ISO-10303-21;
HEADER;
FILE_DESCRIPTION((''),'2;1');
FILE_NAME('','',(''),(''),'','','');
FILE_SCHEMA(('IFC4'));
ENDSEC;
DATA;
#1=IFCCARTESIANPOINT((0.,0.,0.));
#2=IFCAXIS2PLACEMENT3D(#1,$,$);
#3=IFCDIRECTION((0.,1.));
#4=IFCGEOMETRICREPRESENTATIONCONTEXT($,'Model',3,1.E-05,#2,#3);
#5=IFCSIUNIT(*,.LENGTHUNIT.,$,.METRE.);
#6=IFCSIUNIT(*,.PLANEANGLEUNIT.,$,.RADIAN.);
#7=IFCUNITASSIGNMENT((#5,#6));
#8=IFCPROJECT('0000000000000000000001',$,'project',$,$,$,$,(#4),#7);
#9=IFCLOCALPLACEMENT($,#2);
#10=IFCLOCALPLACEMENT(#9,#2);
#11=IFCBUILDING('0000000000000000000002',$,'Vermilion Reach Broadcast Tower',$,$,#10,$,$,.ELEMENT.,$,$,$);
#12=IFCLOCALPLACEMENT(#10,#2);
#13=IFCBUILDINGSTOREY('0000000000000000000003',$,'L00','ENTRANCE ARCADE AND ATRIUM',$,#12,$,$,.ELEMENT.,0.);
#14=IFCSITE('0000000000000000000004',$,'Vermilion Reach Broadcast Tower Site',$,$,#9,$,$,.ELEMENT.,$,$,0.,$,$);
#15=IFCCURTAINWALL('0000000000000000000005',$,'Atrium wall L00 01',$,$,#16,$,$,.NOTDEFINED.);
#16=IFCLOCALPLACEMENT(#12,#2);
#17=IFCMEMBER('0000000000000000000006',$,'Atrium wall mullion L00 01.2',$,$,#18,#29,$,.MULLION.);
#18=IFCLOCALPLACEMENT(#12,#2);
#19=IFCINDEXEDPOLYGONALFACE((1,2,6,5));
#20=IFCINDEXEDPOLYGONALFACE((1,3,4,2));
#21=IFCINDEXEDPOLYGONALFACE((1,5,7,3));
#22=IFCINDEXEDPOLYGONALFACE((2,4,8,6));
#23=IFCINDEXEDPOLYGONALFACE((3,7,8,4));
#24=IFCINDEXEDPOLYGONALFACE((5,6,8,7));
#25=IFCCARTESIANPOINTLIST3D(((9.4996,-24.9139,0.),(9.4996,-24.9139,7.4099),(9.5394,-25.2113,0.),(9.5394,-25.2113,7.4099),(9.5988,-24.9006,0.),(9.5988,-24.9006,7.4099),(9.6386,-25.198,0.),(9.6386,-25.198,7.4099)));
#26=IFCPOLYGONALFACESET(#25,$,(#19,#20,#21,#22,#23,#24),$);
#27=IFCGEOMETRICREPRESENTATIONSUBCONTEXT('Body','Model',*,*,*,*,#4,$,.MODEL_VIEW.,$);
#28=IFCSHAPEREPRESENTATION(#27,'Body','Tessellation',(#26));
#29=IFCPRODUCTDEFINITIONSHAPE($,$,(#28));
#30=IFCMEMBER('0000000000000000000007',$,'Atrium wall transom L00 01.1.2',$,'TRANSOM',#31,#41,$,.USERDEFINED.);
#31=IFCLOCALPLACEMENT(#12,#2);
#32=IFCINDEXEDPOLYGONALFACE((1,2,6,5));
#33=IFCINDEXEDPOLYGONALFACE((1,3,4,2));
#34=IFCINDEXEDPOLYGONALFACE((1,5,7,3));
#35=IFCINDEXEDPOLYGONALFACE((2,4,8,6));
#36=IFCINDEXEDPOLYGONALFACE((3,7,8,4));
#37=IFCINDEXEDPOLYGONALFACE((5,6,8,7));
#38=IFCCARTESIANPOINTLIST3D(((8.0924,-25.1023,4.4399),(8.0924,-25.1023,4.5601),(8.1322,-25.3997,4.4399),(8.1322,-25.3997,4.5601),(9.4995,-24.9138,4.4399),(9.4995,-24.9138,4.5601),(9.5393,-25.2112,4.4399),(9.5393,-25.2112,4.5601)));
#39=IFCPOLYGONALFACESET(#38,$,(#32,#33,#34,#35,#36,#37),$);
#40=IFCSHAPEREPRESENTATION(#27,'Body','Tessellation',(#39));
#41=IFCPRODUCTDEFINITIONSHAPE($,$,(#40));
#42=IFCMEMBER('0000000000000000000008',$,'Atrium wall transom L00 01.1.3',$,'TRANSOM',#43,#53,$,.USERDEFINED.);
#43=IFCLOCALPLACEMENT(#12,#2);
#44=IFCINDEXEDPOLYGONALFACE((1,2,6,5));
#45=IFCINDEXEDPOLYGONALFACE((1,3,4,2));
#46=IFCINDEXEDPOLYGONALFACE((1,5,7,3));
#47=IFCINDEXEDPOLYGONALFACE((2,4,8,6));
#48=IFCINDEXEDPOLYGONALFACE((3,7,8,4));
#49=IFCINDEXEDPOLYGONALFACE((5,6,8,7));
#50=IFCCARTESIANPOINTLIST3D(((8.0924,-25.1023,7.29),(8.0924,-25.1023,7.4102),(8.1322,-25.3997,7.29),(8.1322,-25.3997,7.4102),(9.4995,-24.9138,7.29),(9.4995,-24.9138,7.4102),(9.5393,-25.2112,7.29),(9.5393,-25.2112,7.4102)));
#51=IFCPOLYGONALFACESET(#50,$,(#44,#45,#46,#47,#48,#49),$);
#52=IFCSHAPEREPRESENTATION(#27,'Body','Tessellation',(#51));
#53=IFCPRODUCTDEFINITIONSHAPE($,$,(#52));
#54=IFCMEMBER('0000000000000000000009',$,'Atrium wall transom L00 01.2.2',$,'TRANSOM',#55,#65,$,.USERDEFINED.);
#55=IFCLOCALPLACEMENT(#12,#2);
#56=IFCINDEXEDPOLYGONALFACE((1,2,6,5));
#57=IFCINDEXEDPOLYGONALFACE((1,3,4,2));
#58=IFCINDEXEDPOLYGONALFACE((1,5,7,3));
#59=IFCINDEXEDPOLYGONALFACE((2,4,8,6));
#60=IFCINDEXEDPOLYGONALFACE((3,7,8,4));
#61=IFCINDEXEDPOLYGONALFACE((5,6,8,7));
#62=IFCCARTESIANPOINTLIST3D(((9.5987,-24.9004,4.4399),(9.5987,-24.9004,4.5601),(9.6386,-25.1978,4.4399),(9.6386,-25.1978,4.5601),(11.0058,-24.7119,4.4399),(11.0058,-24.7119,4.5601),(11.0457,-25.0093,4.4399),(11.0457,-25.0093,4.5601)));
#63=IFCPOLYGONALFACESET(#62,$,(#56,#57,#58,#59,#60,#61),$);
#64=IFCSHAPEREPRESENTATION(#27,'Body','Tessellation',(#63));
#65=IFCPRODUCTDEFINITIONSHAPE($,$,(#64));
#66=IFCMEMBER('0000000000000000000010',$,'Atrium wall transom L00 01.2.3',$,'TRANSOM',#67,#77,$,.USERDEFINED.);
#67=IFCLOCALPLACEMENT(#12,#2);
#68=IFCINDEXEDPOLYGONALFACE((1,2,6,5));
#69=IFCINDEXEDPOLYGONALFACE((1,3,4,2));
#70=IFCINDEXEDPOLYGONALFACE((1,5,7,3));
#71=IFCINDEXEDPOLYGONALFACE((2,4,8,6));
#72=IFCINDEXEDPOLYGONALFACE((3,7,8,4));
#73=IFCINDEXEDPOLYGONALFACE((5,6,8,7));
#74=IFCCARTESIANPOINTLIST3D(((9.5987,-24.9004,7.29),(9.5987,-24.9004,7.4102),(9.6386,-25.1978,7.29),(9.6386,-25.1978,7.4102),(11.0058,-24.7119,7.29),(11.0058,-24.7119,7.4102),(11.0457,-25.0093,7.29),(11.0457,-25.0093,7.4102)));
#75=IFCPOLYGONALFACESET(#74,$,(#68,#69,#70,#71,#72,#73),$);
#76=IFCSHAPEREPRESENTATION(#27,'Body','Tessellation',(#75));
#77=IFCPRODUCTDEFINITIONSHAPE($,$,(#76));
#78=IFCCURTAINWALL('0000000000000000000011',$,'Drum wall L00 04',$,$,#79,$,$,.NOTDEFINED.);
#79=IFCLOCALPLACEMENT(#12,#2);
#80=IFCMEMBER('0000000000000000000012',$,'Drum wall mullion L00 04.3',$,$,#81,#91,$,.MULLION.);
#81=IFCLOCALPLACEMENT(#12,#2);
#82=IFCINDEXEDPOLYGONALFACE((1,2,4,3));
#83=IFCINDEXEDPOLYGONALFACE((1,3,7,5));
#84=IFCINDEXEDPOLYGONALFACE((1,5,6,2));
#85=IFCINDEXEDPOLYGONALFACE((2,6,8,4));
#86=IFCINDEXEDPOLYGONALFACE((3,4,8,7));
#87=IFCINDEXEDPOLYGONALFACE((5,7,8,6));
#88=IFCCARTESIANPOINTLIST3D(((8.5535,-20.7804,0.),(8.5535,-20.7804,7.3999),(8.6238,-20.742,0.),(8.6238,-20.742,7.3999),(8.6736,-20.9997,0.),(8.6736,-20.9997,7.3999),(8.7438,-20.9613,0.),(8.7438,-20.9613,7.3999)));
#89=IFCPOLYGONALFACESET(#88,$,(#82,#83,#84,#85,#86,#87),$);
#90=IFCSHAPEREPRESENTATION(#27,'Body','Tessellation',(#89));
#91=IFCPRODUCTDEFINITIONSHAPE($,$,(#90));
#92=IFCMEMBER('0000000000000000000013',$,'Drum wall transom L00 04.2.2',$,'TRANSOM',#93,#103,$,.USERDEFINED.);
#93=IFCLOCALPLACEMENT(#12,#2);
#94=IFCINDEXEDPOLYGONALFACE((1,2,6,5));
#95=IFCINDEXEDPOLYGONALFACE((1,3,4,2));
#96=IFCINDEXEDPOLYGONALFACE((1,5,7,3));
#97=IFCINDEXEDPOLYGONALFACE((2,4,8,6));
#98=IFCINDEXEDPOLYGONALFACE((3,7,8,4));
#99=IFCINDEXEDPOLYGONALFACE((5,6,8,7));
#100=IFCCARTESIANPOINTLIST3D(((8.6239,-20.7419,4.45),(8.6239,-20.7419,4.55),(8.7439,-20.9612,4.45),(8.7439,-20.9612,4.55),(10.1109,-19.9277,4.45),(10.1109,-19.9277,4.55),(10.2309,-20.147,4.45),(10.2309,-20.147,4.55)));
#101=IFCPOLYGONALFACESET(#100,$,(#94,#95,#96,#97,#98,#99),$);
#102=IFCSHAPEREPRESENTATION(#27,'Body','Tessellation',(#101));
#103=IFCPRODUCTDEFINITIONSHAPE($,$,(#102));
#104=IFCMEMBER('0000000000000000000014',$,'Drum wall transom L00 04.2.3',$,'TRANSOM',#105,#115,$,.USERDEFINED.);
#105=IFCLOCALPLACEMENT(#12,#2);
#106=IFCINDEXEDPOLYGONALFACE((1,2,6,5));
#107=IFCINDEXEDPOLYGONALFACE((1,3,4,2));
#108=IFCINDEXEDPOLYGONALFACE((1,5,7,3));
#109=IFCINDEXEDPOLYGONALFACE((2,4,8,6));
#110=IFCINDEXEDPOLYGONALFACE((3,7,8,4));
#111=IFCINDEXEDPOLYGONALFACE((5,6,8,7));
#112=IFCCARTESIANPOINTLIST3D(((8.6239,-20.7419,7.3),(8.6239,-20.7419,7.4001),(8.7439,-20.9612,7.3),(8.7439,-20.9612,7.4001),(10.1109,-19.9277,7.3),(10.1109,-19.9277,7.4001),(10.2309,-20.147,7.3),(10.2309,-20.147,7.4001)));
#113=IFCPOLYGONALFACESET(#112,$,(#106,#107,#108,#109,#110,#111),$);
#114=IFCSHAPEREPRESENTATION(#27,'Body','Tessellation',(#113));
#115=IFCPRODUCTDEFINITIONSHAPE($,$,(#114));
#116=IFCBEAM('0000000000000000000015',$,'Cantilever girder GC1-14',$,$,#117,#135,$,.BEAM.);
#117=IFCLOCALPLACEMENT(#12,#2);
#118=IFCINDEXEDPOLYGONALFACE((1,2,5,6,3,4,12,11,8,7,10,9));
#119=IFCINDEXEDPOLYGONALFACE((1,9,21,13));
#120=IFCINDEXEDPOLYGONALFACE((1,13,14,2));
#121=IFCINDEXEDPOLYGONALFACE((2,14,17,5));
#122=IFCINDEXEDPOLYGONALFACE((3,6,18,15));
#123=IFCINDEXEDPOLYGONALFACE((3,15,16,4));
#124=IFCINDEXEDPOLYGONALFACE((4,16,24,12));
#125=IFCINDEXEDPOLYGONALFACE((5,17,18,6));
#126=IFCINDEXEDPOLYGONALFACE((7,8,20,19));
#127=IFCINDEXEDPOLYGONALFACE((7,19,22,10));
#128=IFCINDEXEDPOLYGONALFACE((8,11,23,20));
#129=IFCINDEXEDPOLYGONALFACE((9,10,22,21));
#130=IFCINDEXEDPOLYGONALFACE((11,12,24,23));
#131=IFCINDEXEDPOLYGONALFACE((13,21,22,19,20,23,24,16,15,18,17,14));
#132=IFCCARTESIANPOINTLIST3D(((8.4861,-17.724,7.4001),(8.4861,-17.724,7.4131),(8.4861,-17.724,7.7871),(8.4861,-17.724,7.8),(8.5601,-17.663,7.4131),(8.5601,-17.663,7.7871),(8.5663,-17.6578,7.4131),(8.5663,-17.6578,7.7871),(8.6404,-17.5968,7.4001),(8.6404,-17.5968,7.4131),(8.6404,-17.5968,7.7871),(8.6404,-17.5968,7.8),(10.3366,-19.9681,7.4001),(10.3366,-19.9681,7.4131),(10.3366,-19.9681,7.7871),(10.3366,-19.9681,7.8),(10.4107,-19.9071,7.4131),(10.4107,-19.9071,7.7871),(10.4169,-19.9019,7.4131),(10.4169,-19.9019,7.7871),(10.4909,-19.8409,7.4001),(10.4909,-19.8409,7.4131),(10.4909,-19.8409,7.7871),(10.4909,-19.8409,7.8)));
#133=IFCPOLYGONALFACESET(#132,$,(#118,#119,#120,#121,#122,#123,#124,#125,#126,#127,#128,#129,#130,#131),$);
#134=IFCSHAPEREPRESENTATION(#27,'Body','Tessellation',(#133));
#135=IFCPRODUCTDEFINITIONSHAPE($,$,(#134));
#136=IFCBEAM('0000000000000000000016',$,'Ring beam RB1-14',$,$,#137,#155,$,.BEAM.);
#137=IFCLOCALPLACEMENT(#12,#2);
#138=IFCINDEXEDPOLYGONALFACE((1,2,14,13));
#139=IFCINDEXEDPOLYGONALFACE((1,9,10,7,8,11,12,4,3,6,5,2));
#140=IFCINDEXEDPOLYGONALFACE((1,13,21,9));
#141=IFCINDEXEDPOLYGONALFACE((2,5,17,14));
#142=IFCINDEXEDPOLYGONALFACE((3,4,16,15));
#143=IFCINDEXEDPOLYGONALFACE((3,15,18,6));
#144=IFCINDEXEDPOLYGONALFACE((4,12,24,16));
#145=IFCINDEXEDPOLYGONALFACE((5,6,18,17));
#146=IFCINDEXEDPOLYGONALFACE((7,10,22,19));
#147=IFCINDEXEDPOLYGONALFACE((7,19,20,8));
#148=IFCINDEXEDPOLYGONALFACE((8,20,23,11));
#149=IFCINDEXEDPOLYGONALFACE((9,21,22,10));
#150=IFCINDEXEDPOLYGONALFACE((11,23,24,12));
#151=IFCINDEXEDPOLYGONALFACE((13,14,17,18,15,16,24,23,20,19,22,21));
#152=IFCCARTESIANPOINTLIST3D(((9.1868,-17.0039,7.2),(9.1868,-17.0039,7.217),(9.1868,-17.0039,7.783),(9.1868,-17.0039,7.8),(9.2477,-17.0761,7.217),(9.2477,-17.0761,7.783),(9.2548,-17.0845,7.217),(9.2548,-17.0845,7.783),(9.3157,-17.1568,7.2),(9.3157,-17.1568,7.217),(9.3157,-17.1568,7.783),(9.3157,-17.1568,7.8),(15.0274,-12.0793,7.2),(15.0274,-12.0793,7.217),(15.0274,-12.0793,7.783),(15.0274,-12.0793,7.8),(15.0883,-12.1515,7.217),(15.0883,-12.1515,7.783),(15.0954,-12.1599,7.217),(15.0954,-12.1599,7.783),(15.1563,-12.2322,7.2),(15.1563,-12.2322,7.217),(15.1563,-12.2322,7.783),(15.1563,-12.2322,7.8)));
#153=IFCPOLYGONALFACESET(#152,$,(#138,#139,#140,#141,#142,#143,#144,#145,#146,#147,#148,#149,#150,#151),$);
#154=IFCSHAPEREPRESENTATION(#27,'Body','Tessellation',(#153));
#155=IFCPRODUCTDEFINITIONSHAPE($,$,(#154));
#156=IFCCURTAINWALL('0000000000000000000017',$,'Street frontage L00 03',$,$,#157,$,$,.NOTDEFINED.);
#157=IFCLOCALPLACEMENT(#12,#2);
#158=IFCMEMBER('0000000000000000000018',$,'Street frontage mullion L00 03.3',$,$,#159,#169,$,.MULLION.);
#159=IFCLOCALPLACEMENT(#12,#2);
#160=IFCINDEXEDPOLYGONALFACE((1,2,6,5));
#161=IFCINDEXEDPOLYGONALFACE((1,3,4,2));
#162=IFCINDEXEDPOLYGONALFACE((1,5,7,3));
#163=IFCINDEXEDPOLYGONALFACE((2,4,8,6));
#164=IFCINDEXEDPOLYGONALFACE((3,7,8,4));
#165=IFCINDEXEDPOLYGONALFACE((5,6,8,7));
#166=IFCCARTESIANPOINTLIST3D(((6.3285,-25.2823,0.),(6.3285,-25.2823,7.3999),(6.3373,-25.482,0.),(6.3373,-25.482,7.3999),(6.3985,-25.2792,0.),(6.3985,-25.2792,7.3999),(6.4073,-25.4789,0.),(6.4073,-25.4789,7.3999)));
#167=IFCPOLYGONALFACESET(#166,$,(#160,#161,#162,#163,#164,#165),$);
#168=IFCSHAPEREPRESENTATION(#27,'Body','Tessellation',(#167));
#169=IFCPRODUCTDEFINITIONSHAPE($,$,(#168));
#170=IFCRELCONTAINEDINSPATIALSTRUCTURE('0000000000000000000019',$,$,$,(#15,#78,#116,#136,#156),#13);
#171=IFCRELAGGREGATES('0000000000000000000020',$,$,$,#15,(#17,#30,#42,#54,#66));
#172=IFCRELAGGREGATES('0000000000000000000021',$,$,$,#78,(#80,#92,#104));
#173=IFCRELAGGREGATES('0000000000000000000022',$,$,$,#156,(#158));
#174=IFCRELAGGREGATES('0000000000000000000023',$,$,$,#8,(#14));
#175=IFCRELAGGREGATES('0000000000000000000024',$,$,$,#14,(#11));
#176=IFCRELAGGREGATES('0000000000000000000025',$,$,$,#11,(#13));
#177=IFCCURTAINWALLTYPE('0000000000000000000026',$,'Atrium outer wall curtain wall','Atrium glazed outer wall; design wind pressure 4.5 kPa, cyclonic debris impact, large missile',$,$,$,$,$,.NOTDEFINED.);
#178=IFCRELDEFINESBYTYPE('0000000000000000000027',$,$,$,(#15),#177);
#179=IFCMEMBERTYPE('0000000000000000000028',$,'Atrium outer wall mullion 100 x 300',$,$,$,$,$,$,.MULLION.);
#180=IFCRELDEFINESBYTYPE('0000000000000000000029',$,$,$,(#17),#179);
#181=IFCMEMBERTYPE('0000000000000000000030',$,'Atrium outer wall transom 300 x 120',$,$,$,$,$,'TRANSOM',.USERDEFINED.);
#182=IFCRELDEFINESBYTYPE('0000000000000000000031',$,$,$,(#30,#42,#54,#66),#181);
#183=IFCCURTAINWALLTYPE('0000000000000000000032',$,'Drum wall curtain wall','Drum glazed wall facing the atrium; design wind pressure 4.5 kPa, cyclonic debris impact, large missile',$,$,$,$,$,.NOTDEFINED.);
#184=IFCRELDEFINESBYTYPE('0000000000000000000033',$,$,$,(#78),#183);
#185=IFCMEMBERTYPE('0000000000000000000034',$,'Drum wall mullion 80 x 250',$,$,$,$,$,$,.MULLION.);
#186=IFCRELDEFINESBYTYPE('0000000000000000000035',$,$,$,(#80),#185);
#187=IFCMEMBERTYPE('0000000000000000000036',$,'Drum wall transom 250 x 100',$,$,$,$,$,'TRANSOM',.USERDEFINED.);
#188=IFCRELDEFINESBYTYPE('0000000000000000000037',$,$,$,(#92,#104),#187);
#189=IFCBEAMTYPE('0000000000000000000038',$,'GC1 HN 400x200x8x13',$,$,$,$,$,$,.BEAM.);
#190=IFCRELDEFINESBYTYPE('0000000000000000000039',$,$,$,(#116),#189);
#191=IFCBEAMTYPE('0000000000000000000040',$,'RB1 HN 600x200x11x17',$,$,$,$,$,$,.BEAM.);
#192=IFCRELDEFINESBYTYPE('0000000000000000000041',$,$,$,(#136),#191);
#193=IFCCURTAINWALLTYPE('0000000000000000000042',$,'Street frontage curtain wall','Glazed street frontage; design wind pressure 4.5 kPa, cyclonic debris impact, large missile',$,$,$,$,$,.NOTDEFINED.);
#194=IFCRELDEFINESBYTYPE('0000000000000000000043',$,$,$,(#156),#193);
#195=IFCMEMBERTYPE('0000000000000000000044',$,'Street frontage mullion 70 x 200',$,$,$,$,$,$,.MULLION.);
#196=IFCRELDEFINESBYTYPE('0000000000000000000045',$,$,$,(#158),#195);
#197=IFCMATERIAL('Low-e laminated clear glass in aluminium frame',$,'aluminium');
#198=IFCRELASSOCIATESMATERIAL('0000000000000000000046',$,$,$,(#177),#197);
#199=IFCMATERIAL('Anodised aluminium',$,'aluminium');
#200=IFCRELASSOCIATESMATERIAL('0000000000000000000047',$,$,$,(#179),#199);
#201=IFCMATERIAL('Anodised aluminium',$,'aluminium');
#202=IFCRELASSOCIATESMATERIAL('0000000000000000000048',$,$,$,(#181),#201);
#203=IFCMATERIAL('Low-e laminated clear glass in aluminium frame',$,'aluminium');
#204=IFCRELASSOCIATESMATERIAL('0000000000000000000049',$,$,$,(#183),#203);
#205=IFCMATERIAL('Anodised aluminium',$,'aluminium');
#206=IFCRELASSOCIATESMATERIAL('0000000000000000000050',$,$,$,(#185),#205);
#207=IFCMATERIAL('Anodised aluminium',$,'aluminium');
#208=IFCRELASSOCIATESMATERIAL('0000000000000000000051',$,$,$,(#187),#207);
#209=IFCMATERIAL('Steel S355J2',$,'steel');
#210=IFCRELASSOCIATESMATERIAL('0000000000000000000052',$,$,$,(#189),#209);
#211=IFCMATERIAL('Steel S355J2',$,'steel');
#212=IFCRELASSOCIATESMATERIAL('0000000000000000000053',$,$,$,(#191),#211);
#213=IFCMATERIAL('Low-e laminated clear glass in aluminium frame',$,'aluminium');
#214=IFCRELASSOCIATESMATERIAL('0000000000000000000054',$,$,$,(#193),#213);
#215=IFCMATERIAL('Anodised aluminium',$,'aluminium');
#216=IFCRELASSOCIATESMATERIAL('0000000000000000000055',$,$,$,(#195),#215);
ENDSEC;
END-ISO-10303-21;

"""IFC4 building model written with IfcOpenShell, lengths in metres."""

from ifc_helpers import new_model, si_unit, direction, frame, origin, origin_2d, place, context, subcontext, project, spatial, rectangle, i_section, extrude, material, material_profile, profile_set, type_object, element, aggregate, save


model = new_model("IFC4")

# Units and contexts
model_context = context("Model", 3, precision=1e-05, world=origin(), true_north=direction((0.0, 1.0)))
body_context = subcontext(model_context, "Body", "Model", "MODEL_VIEW")
ifc_project = project(units=[si_unit("LENGTHUNIT", "METRE"), si_unit("PLANEANGLEUNIT", "RADIAN")], contexts=[model_context])

# Site, building, storey
site_placement = place(None, origin())
site = spatial("IfcSite", under=ifc_project, at=site_placement, Name="Vermilion Reach Broadcast Tower Site", CompositionType="ELEMENT", RefElevation=0.0)
building_placement = place(site_placement, origin())
building = spatial("IfcBuilding", under=site, at=building_placement, Name="Vermilion Reach Broadcast Tower", CompositionType="ELEMENT")
storey_placement = place(building_placement, origin())
storey = spatial("IfcBuildingStorey", under=building, at=storey_placement, Name="L00", Description="ENTRANCE ARCADE AND ATRIUM", CompositionType="ELEMENT", Elevation=0.0)

# Curtain walls, members
ifc_material_1 = material(Name="Low-e laminated clear glass in aluminium frame", Category="aluminium")
curtain_wall_type_1 = type_object("IfcCurtainWallType", Name="Atrium outer wall curtain wall", Description="Atrium glazed outer wall; design wind pressure 4.5 kPa, cyclonic debris impact, large missile", PredefinedType="NOTDEFINED", material=ifc_material_1)
placement = place(storey_placement, origin())
curtain_wall_1 = element("IfcCurtainWall", 1, at=placement, inside=storey, type_object=curtain_wall_type_1, Name="Atrium wall L00 01", PredefinedType="NOTDEFINED")
ifc_material_2 = material(Name="Anodised aluminium", Category="aluminium")
ifc_material_profile_1 = material_profile(ifc_material_2, rectangle(XDim=0.3, YDim=0.1001, at=origin_2d()), Name="Atrium outer wall mullion 100 x 300")
ifc_profile_set_1 = profile_set([ifc_material_profile_1], Name="Anodised aluminium")
member_type_1 = type_object("IfcMemberType", Name="Atrium outer wall mullion 100 x 300", PredefinedType="MULLION", material=ifc_profile_set_1)
member_1_placement = place(storey_placement, frame((9.5691, -25.0559, 0.0), z_axis=(0.0, 0.0, 1.0), x_axis=(-0.132794, 0.991144, 0.0)))
member_1 = element("IfcMember", 2, at=member_1_placement, type_object=member_type_1, Name="Atrium wall mullion L00 01.2", PredefinedType="MULLION", context=body_context, shape_type="SweptSolid", body=[
    extrude(rectangle(XDim=0.3, YDim=0.1001, at=origin_2d()), origin(), (0.0, 0.0, 1.0), 7.4099),
])
ifc_material_3 = material(Name="Anodised aluminium", Category="aluminium")
ifc_material_profile_2 = material_profile(ifc_material_3, rectangle(XDim=0.3, YDim=0.1201, at=origin_2d()), Name="Atrium outer wall transom 300 x 120")
ifc_profile_set_2 = profile_set([ifc_material_profile_2], Name="Anodised aluminium")
member_type_2 = type_object("IfcMemberType", Name="Atrium outer wall transom 300 x 120", ElementType="TRANSOM", PredefinedType="USERDEFINED", material=ifc_profile_set_2)
member_2_placement = place(storey_placement, frame((8.1123, -25.251, 4.5), z_axis=(0.99115, 0.132749, 0.0), x_axis=(-0.132749, 0.99115, 0.0)))
member_2 = element("IfcMember", 3, at=member_2_placement, type_object=member_type_2, Name="Atrium wall transom L00 01.1.2", ObjectType="TRANSOM", PredefinedType="USERDEFINED", context=body_context, shape_type="SweptSolid", body=[
    extrude(rectangle(XDim=0.3, YDim=0.1201, at=origin_2d()), origin(), (0.0, 0.0, 1.0), 1.4197),
])
member_3_placement = place(storey_placement, frame((8.1123, -25.251, 7.3501), z_axis=(0.99115, 0.132749, 0.0), x_axis=(-0.132749, 0.99115, 0.0)))
member_3 = element("IfcMember", 4, at=member_3_placement, type_object=member_type_2, Name="Atrium wall transom L00 01.1.3", ObjectType="TRANSOM", PredefinedType="USERDEFINED", context=body_context, shape_type="SweptSolid", body=[
    extrude(rectangle(XDim=0.3, YDim=0.1201, at=origin_2d()), origin(), (0.0, 0.0, 1.0), 1.4197),
])
member_4_placement = place(storey_placement, frame((9.6187, -25.0491, 4.5), z_axis=(0.99115, 0.132749, 0.0), x_axis=(-0.132749, 0.99115, 0.0)))
member_4 = element("IfcMember", 5, at=member_4_placement, type_object=member_type_2, Name="Atrium wall transom L00 01.2.2", ObjectType="TRANSOM", PredefinedType="USERDEFINED", context=body_context, shape_type="SweptSolid", body=[
    extrude(rectangle(XDim=0.3, YDim=0.1201, at=origin_2d()), origin(), (0.0, 0.0, 1.0), 1.4197),
])
member_5_placement = place(storey_placement, frame((9.6187, -25.0491, 7.3501), z_axis=(0.99115, 0.132749, 0.0), x_axis=(-0.132749, 0.99115, 0.0)))
member_5 = element("IfcMember", 6, at=member_5_placement, type_object=member_type_2, Name="Atrium wall transom L00 01.2.3", ObjectType="TRANSOM", PredefinedType="USERDEFINED", context=body_context, shape_type="SweptSolid", body=[
    extrude(rectangle(XDim=0.3, YDim=0.1201, at=origin_2d()), origin(), (0.0, 0.0, 1.0), 1.4197),
])
ifc_material_4 = material(Name="Low-e laminated clear glass in aluminium frame", Category="aluminium")
curtain_wall_type_2 = type_object("IfcCurtainWallType", Name="Drum wall curtain wall", Description="Drum glazed wall facing the atrium; design wind pressure 4.5 kPa, cyclonic debris impact, large missile", PredefinedType="NOTDEFINED", material=ifc_material_4)
curtain_wall_2 = element("IfcCurtainWall", 7, at=placement, inside=storey, type_object=curtain_wall_type_2, Name="Drum wall L00 04", PredefinedType="NOTDEFINED")
ifc_material_5 = material(Name="Anodised aluminium", Category="aluminium")
ifc_material_profile_3 = material_profile(ifc_material_5, rectangle(XDim=0.25, YDim=0.0801, at=origin_2d()), Name="Drum wall mullion 80 x 250")
ifc_profile_set_3 = profile_set([ifc_material_profile_3], Name="Anodised aluminium")
member_type_3 = type_object("IfcMemberType", Name="Drum wall mullion 80 x 250", PredefinedType="MULLION", material=ifc_profile_set_3)
member_6_placement = place(storey_placement, frame((8.6487, -20.8708, 0.0), z_axis=(0.0, 0.0, 1.0), x_axis=(0.480269, -0.877121, 0.0)))
member_6 = element("IfcMember", 8, at=member_6_placement, type_object=member_type_3, Name="Drum wall mullion L00 04.3", PredefinedType="MULLION", context=body_context, shape_type="SweptSolid", body=[
    extrude(rectangle(XDim=0.25, YDim=0.0801, at=origin_2d()), origin(), (0.0, 0.0, 1.0), 7.3999),
])
ifc_material_6 = material(Name="Anodised aluminium", Category="aluminium")
ifc_material_profile_4 = material_profile(ifc_material_6, rectangle(XDim=0.25, YDim=0.1001, at=origin_2d()), Name="Drum wall transom 250 x 100")
ifc_profile_set_4 = profile_set([ifc_material_profile_4], Name="Anodised aluminium")
member_type_4 = type_object("IfcMemberType", Name="Drum wall transom 250 x 100", ElementType="TRANSOM", PredefinedType="USERDEFINED", material=ifc_profile_set_4)
member_7_placement = place(storey_placement, frame((10.1709, -20.0374, 4.5), z_axis=(-0.877129, -0.480254, 0.0), x_axis=(0.480254, -0.877129, 0.0)))
member_7 = element("IfcMember", 9, at=member_7_placement, type_object=member_type_4, Name="Drum wall transom L00 04.2.2", ObjectType="TRANSOM", PredefinedType="USERDEFINED", context=body_context, shape_type="SweptSolid", body=[
    extrude(rectangle(XDim=0.25, YDim=0.1001, at=origin_2d()), origin(), (0.0, 0.0, 1.0), 1.6953),
])
member_8_placement = place(storey_placement, frame((10.1709, -20.0374, 7.3501), z_axis=(-0.877129, -0.480254, 0.0), x_axis=(0.480254, -0.877129, 0.0)))
member_8 = element("IfcMember", 10, at=member_8_placement, type_object=member_type_4, Name="Drum wall transom L00 04.2.3", ObjectType="TRANSOM", PredefinedType="USERDEFINED", context=body_context, shape_type="SweptSolid", body=[
    extrude(rectangle(XDim=0.25, YDim=0.1001, at=origin_2d()), origin(), (0.0, 0.0, 1.0), 1.6953),
])

# Beams
ifc_material_7 = material(Name="Steel S355J2", Category="steel")
ifc_material_profile_5 = material_profile(ifc_material_7, i_section(OverallWidth=0.2, OverallDepth=0.3999, WebThickness=0.0081, FlangeThickness=0.0129, at=origin_2d()), Name="S355J2 HN 400x200x8x13")
ifc_profile_set_5 = profile_set([ifc_material_profile_5], Name="Steel S355J2")
beam_type_1 = type_object("IfcBeamType", Name="GC1 HN 400x200x8x13", PredefinedType="BEAM", material=ifc_profile_set_5)
beam_1_placement = place(storey_placement, frame((8.5632, -17.6604, 7.6001), z_axis=(0.636213, -0.771513, 0.0), x_axis=(0.771513, 0.636213, 0.0)))
element("IfcBeam", 11, at=beam_1_placement, inside=storey, type_object=beam_type_1, Name="Cantilever girder GC1-14", PredefinedType="BEAM", context=body_context, shape_type="SweptSolid", body=[
    extrude(i_section(OverallWidth=0.2, OverallDepth=0.3999, WebThickness=0.0081, FlangeThickness=0.0129, at=origin_2d()), origin(), (0.0, 0.0, 1.0), 2.9087),
])
ifc_material_8 = material(Name="Steel S355J2", Category="steel")
ifc_material_profile_6 = material_profile(ifc_material_8, i_section(OverallWidth=0.2, OverallDepth=0.6001, WebThickness=0.011, FlangeThickness=0.0171, at=origin_2d()), Name="S355J2 HN 600x200x11x17")
ifc_profile_set_6 = profile_set([ifc_material_profile_6], Name="Steel S355J2")
beam_type_2 = type_object("IfcBeamType", Name="RB1 HN 600x200x11x17", PredefinedType="BEAM", material=ifc_profile_set_6)
beam_2_placement = place(storey_placement, frame((9.2512, -17.0803, 7.5), z_axis=(0.764512, 0.644609, 0.0), x_axis=(-0.644609, 0.764512, 0.0)))
element("IfcBeam", 12, at=beam_2_placement, inside=storey, type_object=beam_type_2, Name="Ring beam RB1-14", PredefinedType="BEAM", context=body_context, shape_type="SweptSolid", body=[
    extrude(i_section(OverallWidth=0.2, OverallDepth=0.6001, WebThickness=0.011, FlangeThickness=0.0171, at=origin_2d()), origin(), (0.0, 0.0, 1.0), 7.6396),
])

# Curtain wall, member
ifc_material_9 = material(Name="Low-e laminated clear glass in aluminium frame", Category="aluminium")
curtain_wall_type_3 = type_object("IfcCurtainWallType", Name="Street frontage curtain wall", Description="Glazed street frontage; design wind pressure 4.5 kPa, cyclonic debris impact, large missile", PredefinedType="NOTDEFINED", material=ifc_material_9)
curtain_wall_3 = element("IfcCurtainWall", 13, at=placement, inside=storey, type_object=curtain_wall_type_3, Name="Street frontage L00 03", PredefinedType="NOTDEFINED")
ifc_material_10 = material(Name="Anodised aluminium", Category="aluminium")
ifc_material_profile_7 = material_profile(ifc_material_10, rectangle(XDim=0.2, YDim=0.0701, at=origin_2d()), Name="Street frontage mullion 70 x 200")
ifc_profile_set_7 = profile_set([ifc_material_profile_7], Name="Anodised aluminium")
member_type_5 = type_object("IfcMemberType", Name="Street frontage mullion 70 x 200", PredefinedType="MULLION", material=ifc_profile_set_7)
member_9_placement = place(storey_placement, frame((6.3679, -25.3806, 0.0), z_axis=(0.0, 0.0, 1.0), x_axis=(-0.044105, 0.999027, 0.0)))
member_9 = element("IfcMember", 14, at=member_9_placement, type_object=member_type_5, Name="Street frontage mullion L00 03.3", PredefinedType="MULLION", context=body_context, shape_type="SweptSolid", body=[
    extrude(rectangle(XDim=0.2, YDim=0.0701, at=origin_2d()), origin(), (0.0, 0.0, 1.0), 7.3999),
])

aggregate(curtain_wall_1, [member_1, member_2, member_3, member_4, member_5])
aggregate(curtain_wall_2, [member_6, member_7, member_8])
aggregate(curtain_wall_3, [member_9])

save(model, "model.ifc")
